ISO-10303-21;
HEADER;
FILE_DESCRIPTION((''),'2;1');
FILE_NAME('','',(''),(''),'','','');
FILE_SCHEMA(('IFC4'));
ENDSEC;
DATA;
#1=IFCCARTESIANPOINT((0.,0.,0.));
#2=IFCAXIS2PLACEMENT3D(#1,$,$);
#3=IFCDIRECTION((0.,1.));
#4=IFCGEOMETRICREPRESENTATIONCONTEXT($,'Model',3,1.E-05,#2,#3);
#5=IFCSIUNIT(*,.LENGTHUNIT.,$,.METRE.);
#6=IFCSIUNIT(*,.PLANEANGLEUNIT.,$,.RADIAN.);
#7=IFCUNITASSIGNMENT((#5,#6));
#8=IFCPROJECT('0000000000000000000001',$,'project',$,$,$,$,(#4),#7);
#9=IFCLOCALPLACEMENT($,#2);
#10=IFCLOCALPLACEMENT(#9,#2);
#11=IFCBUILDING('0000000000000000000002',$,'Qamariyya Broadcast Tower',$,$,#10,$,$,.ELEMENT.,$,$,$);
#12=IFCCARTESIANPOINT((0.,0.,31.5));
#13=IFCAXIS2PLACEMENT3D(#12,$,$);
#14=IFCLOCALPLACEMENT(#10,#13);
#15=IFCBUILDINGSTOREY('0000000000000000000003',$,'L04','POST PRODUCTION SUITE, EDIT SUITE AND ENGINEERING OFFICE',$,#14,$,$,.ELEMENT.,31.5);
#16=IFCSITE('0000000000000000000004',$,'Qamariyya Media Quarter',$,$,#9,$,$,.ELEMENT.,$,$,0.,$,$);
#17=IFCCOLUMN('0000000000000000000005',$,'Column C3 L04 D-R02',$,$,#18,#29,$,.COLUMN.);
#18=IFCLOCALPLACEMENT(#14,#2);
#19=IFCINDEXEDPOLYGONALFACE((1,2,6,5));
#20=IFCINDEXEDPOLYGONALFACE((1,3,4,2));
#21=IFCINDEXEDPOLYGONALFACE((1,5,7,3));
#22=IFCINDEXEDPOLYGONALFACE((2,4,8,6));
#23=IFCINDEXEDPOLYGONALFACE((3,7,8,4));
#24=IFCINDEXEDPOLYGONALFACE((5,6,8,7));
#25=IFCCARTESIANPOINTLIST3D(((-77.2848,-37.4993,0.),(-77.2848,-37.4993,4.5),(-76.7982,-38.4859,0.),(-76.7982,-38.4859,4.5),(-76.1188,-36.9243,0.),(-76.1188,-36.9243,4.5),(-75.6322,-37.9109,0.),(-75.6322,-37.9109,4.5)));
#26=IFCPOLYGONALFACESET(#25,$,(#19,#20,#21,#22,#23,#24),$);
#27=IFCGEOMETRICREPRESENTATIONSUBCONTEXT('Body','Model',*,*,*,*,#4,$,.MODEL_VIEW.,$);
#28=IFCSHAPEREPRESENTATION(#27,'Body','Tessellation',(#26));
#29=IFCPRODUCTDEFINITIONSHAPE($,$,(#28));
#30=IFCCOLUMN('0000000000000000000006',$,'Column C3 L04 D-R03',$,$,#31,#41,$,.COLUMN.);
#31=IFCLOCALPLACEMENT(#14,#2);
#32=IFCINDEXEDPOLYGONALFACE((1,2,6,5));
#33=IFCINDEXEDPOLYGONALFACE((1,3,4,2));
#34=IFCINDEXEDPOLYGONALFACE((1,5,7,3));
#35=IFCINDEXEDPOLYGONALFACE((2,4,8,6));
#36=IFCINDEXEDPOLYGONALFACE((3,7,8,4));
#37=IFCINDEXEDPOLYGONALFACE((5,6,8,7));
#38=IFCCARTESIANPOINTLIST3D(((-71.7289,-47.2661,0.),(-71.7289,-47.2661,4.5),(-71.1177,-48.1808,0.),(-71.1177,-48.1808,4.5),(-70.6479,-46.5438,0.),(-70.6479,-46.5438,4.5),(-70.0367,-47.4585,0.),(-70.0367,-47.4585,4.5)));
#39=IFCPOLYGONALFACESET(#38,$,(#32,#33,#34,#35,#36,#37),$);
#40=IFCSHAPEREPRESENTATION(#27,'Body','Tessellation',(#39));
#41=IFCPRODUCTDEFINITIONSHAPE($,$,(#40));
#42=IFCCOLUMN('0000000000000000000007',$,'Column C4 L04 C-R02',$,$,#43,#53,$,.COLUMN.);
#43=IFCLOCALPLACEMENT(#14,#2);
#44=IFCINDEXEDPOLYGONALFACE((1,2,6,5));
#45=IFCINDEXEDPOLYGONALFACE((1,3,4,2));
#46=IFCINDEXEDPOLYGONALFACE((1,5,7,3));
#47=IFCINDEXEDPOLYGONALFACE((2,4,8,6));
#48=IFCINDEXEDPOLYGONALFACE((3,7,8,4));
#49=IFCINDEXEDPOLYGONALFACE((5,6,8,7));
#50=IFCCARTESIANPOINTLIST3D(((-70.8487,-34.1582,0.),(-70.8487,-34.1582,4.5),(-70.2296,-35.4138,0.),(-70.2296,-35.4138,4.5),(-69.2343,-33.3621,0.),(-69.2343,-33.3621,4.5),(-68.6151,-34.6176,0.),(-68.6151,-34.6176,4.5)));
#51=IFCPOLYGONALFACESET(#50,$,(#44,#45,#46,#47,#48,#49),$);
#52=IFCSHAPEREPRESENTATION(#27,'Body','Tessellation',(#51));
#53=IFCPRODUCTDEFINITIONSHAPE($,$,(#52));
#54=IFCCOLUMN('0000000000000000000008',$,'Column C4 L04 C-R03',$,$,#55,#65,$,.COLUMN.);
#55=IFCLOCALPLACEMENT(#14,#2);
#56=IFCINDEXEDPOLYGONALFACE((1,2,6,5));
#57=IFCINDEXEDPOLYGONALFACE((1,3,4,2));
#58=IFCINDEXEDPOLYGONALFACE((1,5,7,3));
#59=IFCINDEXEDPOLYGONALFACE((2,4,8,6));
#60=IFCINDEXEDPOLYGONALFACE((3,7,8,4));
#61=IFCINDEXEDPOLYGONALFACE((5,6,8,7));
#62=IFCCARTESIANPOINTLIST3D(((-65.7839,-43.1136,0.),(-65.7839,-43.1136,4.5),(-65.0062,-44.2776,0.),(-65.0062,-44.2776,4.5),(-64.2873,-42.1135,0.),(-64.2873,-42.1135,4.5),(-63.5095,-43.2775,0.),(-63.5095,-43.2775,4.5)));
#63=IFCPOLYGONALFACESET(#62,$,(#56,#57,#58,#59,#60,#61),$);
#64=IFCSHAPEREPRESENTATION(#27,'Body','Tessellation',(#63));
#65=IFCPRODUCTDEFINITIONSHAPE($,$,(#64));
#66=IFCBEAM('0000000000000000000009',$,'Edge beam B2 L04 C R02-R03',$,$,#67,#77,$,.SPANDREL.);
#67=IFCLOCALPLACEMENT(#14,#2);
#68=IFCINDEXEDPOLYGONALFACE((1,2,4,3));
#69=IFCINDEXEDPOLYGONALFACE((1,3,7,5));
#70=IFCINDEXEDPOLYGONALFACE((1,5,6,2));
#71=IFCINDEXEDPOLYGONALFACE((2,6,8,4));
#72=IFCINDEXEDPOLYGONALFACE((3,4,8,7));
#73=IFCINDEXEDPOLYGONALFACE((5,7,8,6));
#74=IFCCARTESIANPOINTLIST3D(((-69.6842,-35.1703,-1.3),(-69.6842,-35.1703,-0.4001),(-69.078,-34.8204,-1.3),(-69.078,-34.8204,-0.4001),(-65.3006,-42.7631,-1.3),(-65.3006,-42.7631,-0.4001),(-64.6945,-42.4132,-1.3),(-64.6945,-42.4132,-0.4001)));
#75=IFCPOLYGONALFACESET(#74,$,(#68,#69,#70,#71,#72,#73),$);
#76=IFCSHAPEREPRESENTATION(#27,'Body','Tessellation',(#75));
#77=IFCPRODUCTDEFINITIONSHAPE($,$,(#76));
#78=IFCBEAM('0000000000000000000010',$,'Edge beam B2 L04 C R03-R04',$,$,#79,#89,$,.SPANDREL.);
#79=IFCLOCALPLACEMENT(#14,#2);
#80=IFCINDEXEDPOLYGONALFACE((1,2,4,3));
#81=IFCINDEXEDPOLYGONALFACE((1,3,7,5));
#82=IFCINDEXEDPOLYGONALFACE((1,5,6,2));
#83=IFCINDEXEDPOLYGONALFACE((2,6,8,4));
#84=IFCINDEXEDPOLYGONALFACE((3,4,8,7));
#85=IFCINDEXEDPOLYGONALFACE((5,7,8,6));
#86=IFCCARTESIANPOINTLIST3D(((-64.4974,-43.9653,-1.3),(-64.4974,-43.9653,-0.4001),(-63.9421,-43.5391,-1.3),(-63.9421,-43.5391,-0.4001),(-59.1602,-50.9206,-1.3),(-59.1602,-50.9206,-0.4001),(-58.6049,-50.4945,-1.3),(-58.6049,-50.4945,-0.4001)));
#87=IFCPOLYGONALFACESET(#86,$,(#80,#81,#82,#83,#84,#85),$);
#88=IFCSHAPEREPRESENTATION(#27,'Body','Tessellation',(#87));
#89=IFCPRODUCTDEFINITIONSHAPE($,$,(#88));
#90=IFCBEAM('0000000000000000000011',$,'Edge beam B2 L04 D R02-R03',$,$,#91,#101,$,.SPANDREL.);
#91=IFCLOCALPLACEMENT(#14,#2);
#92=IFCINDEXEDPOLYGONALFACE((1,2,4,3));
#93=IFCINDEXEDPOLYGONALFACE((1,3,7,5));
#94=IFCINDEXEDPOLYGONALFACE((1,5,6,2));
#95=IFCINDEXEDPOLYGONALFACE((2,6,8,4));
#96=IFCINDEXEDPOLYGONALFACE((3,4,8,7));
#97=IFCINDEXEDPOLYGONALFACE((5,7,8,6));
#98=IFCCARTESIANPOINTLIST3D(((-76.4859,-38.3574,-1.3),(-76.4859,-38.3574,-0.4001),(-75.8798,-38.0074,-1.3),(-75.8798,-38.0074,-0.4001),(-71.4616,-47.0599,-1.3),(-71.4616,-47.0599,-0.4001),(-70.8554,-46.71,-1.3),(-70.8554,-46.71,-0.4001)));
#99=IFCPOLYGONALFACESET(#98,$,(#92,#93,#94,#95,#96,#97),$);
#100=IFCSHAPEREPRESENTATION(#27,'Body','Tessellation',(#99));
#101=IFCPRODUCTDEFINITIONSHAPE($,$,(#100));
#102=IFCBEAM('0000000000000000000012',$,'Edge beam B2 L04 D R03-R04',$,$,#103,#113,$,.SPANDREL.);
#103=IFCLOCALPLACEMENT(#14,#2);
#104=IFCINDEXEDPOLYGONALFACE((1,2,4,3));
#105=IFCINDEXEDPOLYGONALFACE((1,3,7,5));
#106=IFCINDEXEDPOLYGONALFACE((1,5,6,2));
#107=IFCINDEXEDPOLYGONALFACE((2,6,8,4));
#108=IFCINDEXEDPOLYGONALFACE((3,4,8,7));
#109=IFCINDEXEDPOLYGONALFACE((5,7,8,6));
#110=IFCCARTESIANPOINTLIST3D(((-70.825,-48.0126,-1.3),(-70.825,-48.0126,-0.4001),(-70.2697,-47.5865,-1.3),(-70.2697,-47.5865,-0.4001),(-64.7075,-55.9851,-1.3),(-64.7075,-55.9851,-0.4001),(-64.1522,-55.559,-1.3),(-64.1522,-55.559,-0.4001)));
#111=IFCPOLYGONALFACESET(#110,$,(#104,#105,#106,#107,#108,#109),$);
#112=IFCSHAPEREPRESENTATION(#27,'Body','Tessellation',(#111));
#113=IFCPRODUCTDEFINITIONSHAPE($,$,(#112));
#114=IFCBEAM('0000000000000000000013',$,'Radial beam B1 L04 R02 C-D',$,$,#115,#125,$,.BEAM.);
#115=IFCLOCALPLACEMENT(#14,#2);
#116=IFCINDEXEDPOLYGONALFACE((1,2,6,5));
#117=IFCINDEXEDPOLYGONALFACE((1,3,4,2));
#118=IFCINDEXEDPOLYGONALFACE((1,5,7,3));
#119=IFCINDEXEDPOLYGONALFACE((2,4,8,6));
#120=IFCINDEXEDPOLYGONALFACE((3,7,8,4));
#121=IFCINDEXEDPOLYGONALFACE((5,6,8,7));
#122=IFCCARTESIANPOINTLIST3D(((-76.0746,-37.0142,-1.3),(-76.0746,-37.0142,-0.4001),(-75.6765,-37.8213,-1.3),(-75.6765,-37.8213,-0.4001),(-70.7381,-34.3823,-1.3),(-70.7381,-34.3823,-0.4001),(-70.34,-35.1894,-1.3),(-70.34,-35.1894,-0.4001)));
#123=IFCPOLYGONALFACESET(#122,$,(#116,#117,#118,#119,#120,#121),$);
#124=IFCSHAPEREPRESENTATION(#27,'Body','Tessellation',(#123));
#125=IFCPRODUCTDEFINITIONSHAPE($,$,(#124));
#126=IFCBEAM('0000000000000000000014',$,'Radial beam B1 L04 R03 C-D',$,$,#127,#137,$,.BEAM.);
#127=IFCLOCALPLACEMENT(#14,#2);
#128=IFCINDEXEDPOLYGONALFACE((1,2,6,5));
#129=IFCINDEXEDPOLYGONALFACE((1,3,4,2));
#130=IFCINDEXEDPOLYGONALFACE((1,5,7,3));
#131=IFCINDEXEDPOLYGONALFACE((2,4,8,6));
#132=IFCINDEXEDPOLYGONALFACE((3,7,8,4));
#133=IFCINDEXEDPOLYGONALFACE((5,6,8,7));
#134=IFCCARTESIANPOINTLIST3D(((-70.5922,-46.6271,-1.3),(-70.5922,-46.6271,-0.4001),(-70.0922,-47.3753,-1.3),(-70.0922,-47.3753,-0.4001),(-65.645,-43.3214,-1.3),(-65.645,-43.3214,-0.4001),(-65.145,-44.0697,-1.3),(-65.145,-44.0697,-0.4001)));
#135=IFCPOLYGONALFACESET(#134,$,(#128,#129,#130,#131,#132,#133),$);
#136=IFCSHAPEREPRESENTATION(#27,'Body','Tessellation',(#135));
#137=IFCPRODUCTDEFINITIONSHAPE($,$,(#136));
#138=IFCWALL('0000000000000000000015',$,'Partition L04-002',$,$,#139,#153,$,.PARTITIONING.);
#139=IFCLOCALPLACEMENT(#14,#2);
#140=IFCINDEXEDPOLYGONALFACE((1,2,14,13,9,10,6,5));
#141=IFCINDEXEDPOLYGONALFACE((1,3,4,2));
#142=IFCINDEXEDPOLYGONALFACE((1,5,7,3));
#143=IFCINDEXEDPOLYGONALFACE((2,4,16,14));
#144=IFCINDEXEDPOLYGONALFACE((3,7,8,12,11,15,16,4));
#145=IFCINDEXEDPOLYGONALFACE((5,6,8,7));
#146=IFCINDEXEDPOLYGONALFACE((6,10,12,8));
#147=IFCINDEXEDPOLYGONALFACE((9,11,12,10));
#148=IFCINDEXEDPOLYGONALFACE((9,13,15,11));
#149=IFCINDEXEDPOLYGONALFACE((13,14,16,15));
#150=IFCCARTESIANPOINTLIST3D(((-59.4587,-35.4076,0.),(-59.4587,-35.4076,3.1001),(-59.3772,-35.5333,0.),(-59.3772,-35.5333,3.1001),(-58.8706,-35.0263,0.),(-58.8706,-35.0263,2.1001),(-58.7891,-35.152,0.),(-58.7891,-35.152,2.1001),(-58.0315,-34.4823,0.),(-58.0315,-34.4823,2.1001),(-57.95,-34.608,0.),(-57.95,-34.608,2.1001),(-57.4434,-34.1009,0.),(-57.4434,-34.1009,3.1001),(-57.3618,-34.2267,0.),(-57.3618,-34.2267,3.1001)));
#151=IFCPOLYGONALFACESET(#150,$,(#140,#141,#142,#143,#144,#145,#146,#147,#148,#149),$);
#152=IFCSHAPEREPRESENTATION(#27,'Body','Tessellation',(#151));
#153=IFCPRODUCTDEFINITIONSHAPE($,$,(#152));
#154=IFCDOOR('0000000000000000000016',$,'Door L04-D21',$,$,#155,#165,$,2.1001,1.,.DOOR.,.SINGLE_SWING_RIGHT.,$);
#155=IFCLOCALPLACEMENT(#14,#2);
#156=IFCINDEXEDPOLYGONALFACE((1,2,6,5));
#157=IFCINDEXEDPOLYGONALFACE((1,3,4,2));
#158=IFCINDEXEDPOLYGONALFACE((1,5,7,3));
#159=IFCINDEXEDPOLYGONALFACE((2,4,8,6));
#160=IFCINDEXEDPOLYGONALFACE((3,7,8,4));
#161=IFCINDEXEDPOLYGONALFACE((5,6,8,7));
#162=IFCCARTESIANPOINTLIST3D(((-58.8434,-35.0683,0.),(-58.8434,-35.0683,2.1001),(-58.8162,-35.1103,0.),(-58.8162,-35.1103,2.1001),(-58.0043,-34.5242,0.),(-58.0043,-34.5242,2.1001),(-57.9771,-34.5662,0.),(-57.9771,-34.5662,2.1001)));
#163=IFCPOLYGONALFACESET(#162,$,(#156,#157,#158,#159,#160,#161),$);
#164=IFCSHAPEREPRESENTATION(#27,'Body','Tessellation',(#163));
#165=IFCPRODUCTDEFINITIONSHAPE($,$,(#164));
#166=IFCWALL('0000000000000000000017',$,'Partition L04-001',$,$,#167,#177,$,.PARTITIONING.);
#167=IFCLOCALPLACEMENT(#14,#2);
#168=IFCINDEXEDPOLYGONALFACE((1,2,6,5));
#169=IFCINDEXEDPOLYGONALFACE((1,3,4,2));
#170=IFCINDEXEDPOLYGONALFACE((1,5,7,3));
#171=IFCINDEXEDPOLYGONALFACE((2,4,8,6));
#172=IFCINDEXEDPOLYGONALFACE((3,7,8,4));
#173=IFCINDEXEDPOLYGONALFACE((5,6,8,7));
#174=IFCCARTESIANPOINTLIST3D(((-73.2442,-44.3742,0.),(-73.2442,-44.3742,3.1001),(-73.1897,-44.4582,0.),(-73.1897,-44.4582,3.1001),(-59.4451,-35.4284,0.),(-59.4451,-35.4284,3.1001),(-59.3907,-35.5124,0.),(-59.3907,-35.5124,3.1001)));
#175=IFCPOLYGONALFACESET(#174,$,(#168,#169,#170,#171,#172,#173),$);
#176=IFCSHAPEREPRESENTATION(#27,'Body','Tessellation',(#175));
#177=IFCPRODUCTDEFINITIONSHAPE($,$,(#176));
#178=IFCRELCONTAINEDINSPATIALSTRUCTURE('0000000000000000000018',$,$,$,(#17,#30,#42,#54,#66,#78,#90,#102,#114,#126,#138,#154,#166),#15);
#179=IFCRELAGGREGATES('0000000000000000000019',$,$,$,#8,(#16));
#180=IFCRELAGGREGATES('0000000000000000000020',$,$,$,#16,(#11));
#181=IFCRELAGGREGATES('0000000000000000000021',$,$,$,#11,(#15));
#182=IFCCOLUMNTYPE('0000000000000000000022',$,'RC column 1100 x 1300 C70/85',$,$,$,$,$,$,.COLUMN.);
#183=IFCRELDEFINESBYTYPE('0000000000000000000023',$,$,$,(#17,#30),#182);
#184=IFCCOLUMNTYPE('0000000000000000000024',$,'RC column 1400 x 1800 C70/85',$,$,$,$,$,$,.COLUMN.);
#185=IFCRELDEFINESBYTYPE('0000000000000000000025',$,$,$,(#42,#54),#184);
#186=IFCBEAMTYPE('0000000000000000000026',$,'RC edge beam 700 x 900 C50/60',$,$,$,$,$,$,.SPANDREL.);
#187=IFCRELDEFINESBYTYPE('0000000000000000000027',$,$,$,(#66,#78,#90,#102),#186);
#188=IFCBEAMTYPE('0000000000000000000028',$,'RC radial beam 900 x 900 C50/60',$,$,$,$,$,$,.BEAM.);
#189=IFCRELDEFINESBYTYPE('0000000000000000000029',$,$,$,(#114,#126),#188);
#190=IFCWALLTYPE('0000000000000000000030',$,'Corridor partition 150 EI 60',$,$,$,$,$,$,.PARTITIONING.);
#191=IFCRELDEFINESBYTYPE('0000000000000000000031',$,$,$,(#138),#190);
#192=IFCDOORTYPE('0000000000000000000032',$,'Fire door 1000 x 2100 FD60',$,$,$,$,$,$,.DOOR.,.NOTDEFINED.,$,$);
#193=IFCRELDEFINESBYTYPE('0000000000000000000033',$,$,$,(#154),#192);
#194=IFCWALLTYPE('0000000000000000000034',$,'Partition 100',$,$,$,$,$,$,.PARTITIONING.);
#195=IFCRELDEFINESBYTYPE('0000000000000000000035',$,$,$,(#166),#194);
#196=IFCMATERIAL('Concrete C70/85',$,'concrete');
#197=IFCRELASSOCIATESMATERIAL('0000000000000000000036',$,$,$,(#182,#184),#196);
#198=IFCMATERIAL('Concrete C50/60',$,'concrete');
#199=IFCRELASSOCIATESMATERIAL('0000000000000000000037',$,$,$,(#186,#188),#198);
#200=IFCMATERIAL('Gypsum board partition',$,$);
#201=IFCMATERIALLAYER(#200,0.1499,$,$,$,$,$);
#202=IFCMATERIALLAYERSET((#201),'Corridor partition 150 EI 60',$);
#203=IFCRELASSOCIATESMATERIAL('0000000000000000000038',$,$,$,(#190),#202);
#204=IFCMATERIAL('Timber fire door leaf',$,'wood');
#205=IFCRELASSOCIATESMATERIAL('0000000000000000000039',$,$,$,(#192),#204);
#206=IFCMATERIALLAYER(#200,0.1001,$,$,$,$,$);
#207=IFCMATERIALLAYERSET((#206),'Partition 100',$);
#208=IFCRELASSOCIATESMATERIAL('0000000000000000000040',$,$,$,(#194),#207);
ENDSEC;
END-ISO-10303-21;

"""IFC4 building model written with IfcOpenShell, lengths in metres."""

from ifc_helpers import new_model, si_unit, direction, frame, frame_2d, origin, origin_2d, place, context, subcontext, project, spatial, rectangle, extrude, material, layer, layer_set, material_profile, profile_set, type_object, element, fill, save


model = new_model("IFC4")

# Units and contexts
model_context = context("Model", 3, precision=1e-05, world=origin(), true_north=direction((0.0, 1.0)))
body_context = subcontext(model_context, "Body", "Model", "MODEL_VIEW")
ifc_project = project(units=[si_unit("LENGTHUNIT", "METRE"), si_unit("PLANEANGLEUNIT", "RADIAN")], contexts=[model_context])

# Site, building, storey
site_placement = place(None, origin())
site = spatial("IfcSite", under=ifc_project, at=site_placement, Name="Qamariyya Media Quarter", CompositionType="ELEMENT", RefElevation=0.0)
building_placement = place(site_placement, origin())
building = spatial("IfcBuilding", under=site, at=building_placement, Name="Qamariyya Broadcast Tower", CompositionType="ELEMENT")
storey_placement = place(building_placement, frame((0.0, 0.0, 31.5)))
storey = spatial("IfcBuildingStorey", under=building, at=storey_placement, Name="L04", Description="POST PRODUCTION SUITE, EDIT SUITE AND ENGINEERING OFFICE", CompositionType="ELEMENT", Elevation=31.5)

# Columns
ifc_material_1 = material(Name="Concrete C70/85", Category="concrete")
ifc_material_profile_1 = material_profile(ifc_material_1, rectangle(XDim=1.1001, YDim=1.3, at=origin_2d()))
ifc_profile_set_1 = profile_set([ifc_material_profile_1], Name="Concrete C70/85")
column_type_1 = type_object("IfcColumnType", Name="RC column 1100 x 1300 C70/85", PredefinedType="COLUMN", material=ifc_profile_set_1)
for number, where, z_axis, x_axis, name in (
    (1, (-76.4585, -37.7051, 0.0), (0.0, 0.0, 1.0), (0.442289, -0.896873, 0.0), "Column C3 L04 D-R02"),
    (2, (-70.8828, -47.3623, 0.0), (0.0, 0.0, 1.0), (0.55557, -0.83147, 0.0), "Column C3 L04 D-R03"),
):
    element("IfcColumn", number, at=place(storey_placement, frame(where, z_axis=z_axis, x_axis=x_axis)), inside=storey, type_object=column_type_1, Name=name, PredefinedType="COLUMN", context=body_context, shape_type="SweptSolid", body=[
        extrude(rectangle(XDim=1.1001, YDim=1.3, at=origin_2d()), origin(), (0.0, 0.0, 1.0), 4.5),
    ])
ifc_material_profile_2 = material_profile(ifc_material_1, rectangle(XDim=1.3999, YDim=1.8, at=origin_2d()))
ifc_profile_set_2 = profile_set([ifc_material_profile_2], Name="Concrete C70/85")
column_type_2 = type_object("IfcColumnType", Name="RC column 1400 x 1800 C70/85", PredefinedType="COLUMN", material=ifc_profile_set_2)
for number, where, z_axis, x_axis, name in (
    (3, (-69.7319, -34.3879, 0.0), (0.0, 0.0, 1.0), (0.442289, -0.896873, 0.0), "Column C4 L04 C-R02"),
    (4, (-64.6467, -43.1956, 0.0), (0.0, 0.0, 1.0), (0.55557, -0.83147, 0.0), "Column C4 L04 C-R03"),
):
    element("IfcColumn", number, at=place(storey_placement, frame(where, z_axis=z_axis, x_axis=x_axis)), inside=storey, type_object=column_type_2, Name=name, PredefinedType="COLUMN", context=body_context, shape_type="SweptSolid", body=[
        extrude(rectangle(XDim=1.3999, YDim=1.8, at=origin_2d()), origin(), (0.0, 0.0, 1.0), 4.5),
    ])

# Beams
ifc_material_2 = material(Name="Concrete C50/60", Category="concrete")
ifc_material_profile_3 = material_profile(ifc_material_2, rectangle(XDim=0.7, YDim=0.8999, at=origin_2d()))
ifc_profile_set_3 = profile_set([ifc_material_profile_3], Name="Concrete C50/60")
beam_type_1 = type_object("IfcBeamType", Name="RC edge beam 700 x 900 C50/60", PredefinedType="SPANDREL", material=ifc_profile_set_3)
beam_1_placement = place(storey_placement, frame((-69.3811, -34.9954, -0.8501), z_axis=(0.499988, -0.866033, 0.0), x_axis=(0.866033, 0.499988, 0.0)))
element("IfcBeam", 5, at=beam_1_placement, inside=storey, type_object=beam_type_1, Name="Edge beam B2 L04 C R02-R03", PredefinedType="SPANDREL", context=body_context, shape_type="SweptSolid", body=[
    extrude(rectangle(XDim=0.7, YDim=0.8999, at=origin_2d()), origin(), (0.0, 0.0, 1.0), 8.7673),
])
beam_2_placement = place(storey_placement, frame((-64.2197, -43.7522, -0.8501), z_axis=(0.608772, -0.793345, 0.0), x_axis=(0.793345, 0.608772, 0.0)))
element("IfcBeam", 6, at=beam_2_placement, inside=storey, type_object=beam_type_1, Name="Edge beam B2 L04 C R03-R04", PredefinedType="SPANDREL", context=body_context, shape_type="SweptSolid", body=[
    extrude(rectangle(XDim=0.7, YDim=0.8999, at=origin_2d()), origin(), (0.0, 0.0, 1.0), 8.7671),
])
beam_3_placement = place(storey_placement, frame((-76.1829, -38.1824, -0.8501), z_axis=(0.499996, -0.866028, 0.0), x_axis=(0.866028, 0.499996, 0.0)))
element("IfcBeam", 7, at=beam_3_placement, inside=storey, type_object=beam_type_1, Name="Edge beam B2 L04 D R02-R03", PredefinedType="SPANDREL", context=body_context, shape_type="SweptSolid", body=[
    extrude(rectangle(XDim=0.7, YDim=0.8999, at=origin_2d()), origin(), (0.0, 0.0, 1.0), 10.0488),
])
beam_4_placement = place(storey_placement, frame((-70.5474, -47.7996, -0.8501), z_axis=(0.60876, -0.793354, 0.0), x_axis=(0.793354, 0.60876, 0.0)))
element("IfcBeam", 8, at=beam_4_placement, inside=storey, type_object=beam_type_1, Name="Edge beam B2 L04 D R03-R04", PredefinedType="SPANDREL", context=body_context, shape_type="SweptSolid", body=[
    extrude(rectangle(XDim=0.7, YDim=0.8999, at=origin_2d()), origin(), (0.0, 0.0, 1.0), 10.0491),
])
ifc_material_profile_4 = material_profile(ifc_material_2, rectangle(XDim=0.8999, YDim=0.8999, at=origin_2d()))
ifc_profile_set_4 = profile_set([ifc_material_profile_4], Name="Concrete C50/60")
beam_type_2 = type_object("IfcBeamType", Name="RC radial beam 900 x 900 C50/60", PredefinedType="BEAM", material=ifc_profile_set_4)
beam_5_placement = place(storey_placement, frame((-70.5391, -34.7859, -0.8501), z_axis=(-0.896859, -0.442316, 0.0), x_axis=(0.442316, -0.896859, 0.0)))
element("IfcBeam", 9, at=beam_5_placement, inside=storey, type_object=beam_type_2, Name="Radial beam B1 L04 R02 C-D", PredefinedType="BEAM", context=body_context, shape_type="SweptSolid", body=[
    extrude(rectangle(XDim=0.8999, YDim=0.8999, at=origin_2d()), origin(), (0.0, 0.0, 1.0), 5.9502),
])
beam_6_placement = place(storey_placement, frame((-65.395, -43.6956, -0.8501), z_axis=(-0.831469, -0.555571, 0.0), x_axis=(0.555571, -0.831469, 0.0)))
element("IfcBeam", 10, at=beam_6_placement, inside=storey, type_object=beam_type_2, Name="Radial beam B1 L04 R03 C-D", PredefinedType="BEAM", context=body_context, shape_type="SweptSolid", body=[
    extrude(rectangle(XDim=0.8999, YDim=0.8999, at=origin_2d()), origin(), (0.0, 0.0, 1.0), 5.95),
])

# Wall, opening, door
ifc_material_3 = material(Name="Gypsum board partition")
ifc_layer_1 = layer(ifc_material_3, 0.1499)
ifc_layer_set_1 = layer_set([ifc_layer_1], Name="Corridor partition 150 EI 60")
wall_type_1 = type_object("IfcWallType", Name="Corridor partition 150 EI 60", PredefinedType="PARTITIONING", material=ifc_layer_set_1)
wall_1_placement = place(storey_placement, frame((-59.418, -35.4705, 0.0), z_axis=(0.0, 0.0, 1.0), x_axis=(0.839082, 0.544005, 0.0)))
wall_1 = element("IfcWall", 11, at=wall_1_placement, inside=storey, type_object=wall_type_1, Name="Partition L04-002", PredefinedType="PARTITIONING", context=body_context, shape_type="SweptSolid", body=[
    extrude(rectangle(XDim=2.4019, YDim=0.1499, at=frame_2d((1.2009, 0.0))), origin(), (0.0, 0.0, 1.0), 3.1001),
])
opening_1_placement = place(wall_1_placement, frame((0.7009, 0.0, 0.0)))
opening_1 = element("IfcOpeningElement", 12, at=opening_1_placement, cuts=wall_1, PredefinedType="OPENING", context=body_context, shape_type="SweptSolid", body=[
    extrude(rectangle(XDim=1.0, YDim=2.1001, at=frame_2d((0.5, 1.05))), frame((0.0, 0.085, 0.0), z_axis=(0.0, -1.0, 0.0), x_axis=(1.0, 0.0, 0.0)), (0.0, 0.0, 1.0), 0.1699),
])
ifc_material_4 = material(Name="Timber fire door leaf", Category="wood")
door_type = type_object("IfcDoorType", Name="Fire door 1000 x 2100 FD60", OperationType="NOTDEFINED", PredefinedType="DOOR", material=ifc_material_4)
door_placement = place(opening_1_placement, origin())
door = element("IfcDoor", 13, at=door_placement, inside=storey, type_object=door_type, Name="Door L04-D21", OperationType="SINGLE_SWING_RIGHT", OverallHeight=2.1001, OverallWidth=1.0, PredefinedType="DOOR", context=body_context, shape_type="SweptSolid", body=[
    extrude(rectangle(XDim=1.0, YDim=2.1001, at=frame_2d((0.5, 1.05))), frame((0.0, 0.0249, 0.0), z_axis=(0.0, -1.0, 0.0), x_axis=(1.0, 0.0, 0.0)), (0.0, 0.0, 1.0), 0.05),
])
fill(opening_1, door)

# Wall
ifc_layer_2 = layer(ifc_material_3, 0.1001)
ifc_layer_set_2 = layer_set([ifc_layer_2], Name="Partition 100")
wall_type_2 = type_object("IfcWallType", Name="Partition 100", PredefinedType="PARTITIONING", material=ifc_layer_set_2)
wall_2_placement = place(storey_placement, frame((-73.217, -44.4163, 0.0), z_axis=(0.0, 0.0, 1.0), x_axis=(0.839099, 0.543979, 0.0)))
element("IfcWall", 14, at=wall_2_placement, inside=storey, type_object=wall_type_2, Name="Partition L04-001", PredefinedType="PARTITIONING", context=body_context, shape_type="SweptSolid", body=[
    extrude(rectangle(XDim=16.4451, YDim=0.1001, at=frame_2d((8.2227, 0.0))), origin(), (0.0, 0.0, 1.0), 3.1001),
])

save(model, "model.ifc")
